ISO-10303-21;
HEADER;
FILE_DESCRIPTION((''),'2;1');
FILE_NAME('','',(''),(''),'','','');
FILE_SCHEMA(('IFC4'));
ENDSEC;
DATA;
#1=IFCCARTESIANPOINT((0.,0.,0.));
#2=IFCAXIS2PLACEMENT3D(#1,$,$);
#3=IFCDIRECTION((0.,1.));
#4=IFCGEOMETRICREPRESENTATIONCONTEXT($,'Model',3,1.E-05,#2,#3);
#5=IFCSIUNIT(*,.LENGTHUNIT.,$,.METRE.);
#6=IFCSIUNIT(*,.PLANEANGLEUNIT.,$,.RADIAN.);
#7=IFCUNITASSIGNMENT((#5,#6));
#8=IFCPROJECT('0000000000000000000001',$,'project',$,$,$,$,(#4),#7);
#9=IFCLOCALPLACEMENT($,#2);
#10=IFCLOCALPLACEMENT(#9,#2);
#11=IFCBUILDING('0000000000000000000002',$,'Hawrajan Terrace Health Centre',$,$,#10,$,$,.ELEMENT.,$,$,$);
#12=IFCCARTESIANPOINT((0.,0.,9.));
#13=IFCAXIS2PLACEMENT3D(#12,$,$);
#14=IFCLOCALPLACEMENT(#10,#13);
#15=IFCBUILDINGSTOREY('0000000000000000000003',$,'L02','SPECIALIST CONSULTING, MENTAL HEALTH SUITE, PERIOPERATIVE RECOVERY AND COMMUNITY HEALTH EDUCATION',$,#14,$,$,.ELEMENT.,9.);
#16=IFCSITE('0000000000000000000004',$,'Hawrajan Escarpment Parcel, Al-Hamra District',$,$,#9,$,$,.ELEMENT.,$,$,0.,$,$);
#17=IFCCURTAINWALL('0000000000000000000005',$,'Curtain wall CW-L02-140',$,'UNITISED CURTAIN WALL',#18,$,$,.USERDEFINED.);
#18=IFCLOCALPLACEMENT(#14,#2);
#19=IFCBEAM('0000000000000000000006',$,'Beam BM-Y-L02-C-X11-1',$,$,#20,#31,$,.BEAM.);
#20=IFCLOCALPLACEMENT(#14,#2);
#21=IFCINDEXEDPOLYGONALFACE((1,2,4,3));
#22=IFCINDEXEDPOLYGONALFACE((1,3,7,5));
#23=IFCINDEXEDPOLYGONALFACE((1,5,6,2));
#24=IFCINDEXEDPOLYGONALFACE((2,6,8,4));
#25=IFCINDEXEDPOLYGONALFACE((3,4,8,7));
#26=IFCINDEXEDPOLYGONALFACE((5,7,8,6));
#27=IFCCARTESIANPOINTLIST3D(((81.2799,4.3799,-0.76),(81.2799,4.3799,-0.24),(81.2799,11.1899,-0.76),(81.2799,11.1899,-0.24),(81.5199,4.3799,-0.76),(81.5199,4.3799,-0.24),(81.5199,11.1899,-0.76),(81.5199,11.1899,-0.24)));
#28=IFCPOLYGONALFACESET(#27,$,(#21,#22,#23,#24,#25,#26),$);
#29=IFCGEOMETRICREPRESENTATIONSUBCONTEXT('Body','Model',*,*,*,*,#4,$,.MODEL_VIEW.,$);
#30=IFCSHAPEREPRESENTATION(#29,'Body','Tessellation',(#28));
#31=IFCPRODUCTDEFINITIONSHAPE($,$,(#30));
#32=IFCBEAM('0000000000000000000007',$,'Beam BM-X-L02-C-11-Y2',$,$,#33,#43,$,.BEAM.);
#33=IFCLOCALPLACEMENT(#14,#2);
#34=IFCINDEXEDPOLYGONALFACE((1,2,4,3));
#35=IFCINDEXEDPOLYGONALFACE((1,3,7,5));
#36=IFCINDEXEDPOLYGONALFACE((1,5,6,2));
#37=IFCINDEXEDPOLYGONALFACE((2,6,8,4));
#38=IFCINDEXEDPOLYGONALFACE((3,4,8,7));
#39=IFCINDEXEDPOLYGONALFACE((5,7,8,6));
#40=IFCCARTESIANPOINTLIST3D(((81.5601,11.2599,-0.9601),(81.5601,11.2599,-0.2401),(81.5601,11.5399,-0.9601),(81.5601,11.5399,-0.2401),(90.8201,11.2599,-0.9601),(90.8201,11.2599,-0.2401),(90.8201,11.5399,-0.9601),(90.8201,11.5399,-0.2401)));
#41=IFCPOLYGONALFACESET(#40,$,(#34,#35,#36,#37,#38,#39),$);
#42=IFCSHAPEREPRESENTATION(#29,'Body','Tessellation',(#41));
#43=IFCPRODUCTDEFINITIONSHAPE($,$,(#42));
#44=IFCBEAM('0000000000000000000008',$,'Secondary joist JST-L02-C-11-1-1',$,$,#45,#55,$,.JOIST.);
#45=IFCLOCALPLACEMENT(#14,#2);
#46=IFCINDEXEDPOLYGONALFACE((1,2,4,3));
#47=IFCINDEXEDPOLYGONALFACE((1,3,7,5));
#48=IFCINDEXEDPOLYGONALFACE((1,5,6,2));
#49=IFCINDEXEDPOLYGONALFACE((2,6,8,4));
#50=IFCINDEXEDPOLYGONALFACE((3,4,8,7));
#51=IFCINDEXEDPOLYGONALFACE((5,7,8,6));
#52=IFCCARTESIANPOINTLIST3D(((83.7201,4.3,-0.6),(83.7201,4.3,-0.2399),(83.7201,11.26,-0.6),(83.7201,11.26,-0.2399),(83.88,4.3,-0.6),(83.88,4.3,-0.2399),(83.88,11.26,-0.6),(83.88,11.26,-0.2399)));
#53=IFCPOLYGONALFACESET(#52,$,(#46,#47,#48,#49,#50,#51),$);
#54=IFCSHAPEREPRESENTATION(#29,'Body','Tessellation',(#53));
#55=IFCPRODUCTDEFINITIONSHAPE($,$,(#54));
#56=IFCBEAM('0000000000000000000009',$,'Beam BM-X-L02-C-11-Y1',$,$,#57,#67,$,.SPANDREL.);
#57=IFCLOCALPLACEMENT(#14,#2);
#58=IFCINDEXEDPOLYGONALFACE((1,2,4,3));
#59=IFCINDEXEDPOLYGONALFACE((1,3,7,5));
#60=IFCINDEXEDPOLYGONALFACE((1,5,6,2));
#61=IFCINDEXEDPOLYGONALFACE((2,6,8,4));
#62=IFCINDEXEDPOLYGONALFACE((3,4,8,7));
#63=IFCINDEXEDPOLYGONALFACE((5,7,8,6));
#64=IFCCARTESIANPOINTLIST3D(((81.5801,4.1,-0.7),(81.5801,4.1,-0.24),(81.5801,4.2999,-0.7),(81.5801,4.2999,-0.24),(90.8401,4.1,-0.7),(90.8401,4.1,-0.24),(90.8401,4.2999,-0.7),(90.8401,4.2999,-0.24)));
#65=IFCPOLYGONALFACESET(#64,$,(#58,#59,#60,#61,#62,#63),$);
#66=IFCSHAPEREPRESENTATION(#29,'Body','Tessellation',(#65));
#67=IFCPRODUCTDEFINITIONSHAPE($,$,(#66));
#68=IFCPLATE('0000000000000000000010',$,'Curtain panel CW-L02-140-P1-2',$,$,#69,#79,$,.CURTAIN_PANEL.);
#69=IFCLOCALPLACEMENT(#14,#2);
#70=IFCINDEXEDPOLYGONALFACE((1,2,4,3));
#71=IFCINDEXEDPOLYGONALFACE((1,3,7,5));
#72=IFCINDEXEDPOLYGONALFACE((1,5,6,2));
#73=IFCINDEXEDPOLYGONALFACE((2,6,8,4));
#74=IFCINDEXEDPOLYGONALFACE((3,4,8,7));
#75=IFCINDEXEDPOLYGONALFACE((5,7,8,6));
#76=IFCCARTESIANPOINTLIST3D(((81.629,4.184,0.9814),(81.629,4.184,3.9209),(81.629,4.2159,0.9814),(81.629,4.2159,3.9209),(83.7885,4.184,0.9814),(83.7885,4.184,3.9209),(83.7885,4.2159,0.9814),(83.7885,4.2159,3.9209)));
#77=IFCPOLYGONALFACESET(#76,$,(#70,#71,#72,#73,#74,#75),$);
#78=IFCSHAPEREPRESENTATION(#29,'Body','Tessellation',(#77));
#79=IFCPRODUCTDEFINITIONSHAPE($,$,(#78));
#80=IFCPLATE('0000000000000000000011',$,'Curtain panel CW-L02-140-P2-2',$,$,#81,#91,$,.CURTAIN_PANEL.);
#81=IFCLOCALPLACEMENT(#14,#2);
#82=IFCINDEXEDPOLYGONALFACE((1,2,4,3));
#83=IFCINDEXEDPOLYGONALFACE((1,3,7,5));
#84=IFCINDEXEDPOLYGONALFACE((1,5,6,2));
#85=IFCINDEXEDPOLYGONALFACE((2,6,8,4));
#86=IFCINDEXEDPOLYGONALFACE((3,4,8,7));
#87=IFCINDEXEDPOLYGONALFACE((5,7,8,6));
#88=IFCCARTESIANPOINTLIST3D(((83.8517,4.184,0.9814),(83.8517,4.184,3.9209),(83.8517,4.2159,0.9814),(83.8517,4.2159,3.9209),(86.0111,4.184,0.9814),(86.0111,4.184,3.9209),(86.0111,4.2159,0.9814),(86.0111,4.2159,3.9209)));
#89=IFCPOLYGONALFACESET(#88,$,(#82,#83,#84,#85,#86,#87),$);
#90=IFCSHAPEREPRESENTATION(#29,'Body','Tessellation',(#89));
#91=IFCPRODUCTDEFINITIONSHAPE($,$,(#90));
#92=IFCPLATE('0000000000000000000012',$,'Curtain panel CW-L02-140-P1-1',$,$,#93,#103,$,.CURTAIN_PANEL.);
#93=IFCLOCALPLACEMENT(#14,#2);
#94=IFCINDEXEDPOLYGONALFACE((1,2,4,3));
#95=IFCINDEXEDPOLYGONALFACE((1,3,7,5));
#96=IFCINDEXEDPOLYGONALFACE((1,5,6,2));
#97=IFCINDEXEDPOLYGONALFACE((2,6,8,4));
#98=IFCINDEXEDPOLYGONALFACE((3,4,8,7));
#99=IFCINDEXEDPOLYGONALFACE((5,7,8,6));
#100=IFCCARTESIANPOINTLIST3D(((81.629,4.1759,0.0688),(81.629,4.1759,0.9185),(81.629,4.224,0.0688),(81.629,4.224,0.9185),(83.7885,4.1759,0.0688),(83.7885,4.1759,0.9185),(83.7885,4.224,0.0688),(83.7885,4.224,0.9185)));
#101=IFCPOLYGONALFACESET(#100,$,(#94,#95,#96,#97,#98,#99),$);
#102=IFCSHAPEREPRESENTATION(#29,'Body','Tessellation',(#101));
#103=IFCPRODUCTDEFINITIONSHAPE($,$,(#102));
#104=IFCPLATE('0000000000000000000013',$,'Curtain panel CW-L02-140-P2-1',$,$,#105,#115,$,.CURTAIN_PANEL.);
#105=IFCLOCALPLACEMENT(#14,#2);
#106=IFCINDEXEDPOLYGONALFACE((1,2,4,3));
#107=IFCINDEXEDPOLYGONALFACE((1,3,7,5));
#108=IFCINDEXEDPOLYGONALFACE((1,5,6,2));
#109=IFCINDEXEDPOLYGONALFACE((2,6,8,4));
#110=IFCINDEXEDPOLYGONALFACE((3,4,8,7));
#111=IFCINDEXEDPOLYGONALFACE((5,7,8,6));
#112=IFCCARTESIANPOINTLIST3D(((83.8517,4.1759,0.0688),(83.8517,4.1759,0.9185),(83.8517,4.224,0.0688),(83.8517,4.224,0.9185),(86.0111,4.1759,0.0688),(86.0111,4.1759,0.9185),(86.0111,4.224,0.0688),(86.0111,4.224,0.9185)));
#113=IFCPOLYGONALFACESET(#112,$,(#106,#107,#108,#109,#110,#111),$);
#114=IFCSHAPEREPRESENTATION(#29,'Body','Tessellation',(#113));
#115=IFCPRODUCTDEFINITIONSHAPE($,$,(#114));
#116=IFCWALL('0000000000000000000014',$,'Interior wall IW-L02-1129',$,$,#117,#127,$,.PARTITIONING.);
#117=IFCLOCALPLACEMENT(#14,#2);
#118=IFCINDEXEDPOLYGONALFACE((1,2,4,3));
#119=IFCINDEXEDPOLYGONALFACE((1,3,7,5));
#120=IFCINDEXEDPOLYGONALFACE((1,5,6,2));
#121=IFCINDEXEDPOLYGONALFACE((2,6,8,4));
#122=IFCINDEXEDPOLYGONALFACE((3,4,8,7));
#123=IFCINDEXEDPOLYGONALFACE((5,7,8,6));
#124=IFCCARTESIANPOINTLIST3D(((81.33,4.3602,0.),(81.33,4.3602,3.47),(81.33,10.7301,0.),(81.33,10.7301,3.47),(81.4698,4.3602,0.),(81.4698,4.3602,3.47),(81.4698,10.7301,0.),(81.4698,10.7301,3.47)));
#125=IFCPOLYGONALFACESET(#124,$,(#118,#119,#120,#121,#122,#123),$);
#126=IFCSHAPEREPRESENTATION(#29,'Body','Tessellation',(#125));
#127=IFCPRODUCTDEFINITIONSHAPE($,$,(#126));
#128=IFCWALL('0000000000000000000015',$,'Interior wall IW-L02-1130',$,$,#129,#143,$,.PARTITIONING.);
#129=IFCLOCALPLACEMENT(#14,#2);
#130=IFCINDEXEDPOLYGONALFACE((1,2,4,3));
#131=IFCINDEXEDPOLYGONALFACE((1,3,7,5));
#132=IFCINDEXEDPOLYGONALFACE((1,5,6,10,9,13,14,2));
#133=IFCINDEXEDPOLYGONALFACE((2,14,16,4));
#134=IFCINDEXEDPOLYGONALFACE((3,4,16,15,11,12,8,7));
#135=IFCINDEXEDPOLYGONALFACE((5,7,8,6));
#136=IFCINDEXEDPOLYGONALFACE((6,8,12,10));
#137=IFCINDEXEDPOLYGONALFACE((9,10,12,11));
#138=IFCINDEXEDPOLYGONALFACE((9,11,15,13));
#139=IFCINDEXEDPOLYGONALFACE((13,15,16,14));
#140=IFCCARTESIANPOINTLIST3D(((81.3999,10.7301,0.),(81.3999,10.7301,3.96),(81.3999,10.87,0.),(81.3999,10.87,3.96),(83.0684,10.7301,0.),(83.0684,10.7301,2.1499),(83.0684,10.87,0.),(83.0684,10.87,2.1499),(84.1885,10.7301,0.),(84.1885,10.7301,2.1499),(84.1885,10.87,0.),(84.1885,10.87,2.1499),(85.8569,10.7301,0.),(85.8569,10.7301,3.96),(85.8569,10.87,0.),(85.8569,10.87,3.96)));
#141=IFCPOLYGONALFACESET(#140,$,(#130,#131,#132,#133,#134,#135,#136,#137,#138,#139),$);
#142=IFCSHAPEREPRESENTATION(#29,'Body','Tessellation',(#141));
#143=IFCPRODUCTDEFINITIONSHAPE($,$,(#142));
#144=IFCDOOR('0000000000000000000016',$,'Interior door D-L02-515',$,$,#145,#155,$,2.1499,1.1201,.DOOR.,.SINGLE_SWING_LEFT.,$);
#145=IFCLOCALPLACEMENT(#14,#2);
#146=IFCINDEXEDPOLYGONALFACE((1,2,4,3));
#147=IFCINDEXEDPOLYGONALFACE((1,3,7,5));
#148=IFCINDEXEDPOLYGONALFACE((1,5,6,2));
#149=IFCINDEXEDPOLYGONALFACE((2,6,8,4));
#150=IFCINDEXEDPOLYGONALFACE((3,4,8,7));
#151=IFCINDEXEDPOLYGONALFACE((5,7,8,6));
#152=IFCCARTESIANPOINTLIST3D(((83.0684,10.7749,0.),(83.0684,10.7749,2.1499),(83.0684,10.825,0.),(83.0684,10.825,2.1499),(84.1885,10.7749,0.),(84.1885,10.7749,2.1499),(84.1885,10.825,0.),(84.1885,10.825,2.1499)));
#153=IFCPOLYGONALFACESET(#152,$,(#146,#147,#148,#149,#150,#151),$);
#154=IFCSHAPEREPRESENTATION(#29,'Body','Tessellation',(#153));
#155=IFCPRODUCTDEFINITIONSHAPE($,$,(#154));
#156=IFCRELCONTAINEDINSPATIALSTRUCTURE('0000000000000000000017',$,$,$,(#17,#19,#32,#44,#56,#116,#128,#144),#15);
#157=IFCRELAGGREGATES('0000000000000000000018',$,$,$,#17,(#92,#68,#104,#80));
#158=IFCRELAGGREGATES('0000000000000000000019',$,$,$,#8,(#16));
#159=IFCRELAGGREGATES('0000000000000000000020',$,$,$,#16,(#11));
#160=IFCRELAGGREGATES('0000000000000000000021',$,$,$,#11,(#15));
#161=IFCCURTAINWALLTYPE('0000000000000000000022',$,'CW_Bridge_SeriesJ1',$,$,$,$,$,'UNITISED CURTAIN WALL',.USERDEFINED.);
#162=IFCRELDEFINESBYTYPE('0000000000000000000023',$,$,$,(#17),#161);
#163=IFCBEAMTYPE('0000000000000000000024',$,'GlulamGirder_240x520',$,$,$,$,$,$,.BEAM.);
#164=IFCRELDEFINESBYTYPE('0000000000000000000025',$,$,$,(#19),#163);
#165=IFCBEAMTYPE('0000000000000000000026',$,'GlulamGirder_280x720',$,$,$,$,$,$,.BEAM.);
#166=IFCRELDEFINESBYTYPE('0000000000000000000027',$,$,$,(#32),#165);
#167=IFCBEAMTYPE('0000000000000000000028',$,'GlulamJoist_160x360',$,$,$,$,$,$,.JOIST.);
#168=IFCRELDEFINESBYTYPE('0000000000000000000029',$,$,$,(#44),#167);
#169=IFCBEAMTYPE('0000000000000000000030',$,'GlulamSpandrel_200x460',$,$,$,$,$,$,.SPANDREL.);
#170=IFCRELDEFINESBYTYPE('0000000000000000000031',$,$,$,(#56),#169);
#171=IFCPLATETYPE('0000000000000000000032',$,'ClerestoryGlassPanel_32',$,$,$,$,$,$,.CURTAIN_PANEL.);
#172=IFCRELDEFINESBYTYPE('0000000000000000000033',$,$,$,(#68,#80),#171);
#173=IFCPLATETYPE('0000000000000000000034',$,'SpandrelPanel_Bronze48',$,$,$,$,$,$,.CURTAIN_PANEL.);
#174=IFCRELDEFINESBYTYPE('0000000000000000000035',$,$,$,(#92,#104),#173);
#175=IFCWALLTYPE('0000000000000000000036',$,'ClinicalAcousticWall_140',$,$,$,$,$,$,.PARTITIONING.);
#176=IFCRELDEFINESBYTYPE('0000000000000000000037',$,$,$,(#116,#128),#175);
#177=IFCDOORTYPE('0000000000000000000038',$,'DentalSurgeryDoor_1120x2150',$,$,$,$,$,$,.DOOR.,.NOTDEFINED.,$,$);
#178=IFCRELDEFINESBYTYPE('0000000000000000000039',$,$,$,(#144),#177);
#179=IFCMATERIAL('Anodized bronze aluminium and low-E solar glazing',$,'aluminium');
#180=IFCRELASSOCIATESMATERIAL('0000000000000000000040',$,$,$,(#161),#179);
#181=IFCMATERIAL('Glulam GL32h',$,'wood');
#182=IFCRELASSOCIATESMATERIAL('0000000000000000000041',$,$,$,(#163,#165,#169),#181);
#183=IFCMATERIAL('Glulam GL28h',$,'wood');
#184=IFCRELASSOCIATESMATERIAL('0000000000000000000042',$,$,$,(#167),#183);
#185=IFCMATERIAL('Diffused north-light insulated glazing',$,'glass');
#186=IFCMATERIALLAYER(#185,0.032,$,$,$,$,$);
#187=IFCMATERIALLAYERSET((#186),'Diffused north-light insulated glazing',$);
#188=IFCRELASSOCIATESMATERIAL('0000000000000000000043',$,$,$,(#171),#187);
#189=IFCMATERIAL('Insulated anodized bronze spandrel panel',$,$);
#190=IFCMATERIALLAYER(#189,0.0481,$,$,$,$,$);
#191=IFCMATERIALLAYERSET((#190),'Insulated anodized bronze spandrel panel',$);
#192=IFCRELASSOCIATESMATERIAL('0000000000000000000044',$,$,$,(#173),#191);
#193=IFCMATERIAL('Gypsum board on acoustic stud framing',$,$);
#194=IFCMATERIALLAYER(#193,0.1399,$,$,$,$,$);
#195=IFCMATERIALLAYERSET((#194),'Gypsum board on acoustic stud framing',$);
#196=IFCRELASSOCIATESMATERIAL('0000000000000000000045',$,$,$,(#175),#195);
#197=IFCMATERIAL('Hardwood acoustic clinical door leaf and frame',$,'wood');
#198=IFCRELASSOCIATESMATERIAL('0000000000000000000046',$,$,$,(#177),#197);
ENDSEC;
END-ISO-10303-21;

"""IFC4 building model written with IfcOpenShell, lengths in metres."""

from ifc_helpers import new_model, si_unit, direction, frame, frame_2d, origin, origin_2d, place, context, subcontext, project, spatial, rectangle, extrude, material, layer, layer_set, material_profile, profile_set, type_object, element, fill, aggregate, save


model = new_model("IFC4")

# Units and contexts
model_context = context("Model", 3, precision=1e-05, world=origin(), true_north=direction((0.0, 1.0)))
body_context = subcontext(model_context, "Body", "Model", "MODEL_VIEW")
ifc_project = project(units=[si_unit("LENGTHUNIT", "METRE"), si_unit("PLANEANGLEUNIT", "RADIAN")], contexts=[model_context])

# Site, building, storey
site_placement = place(None, origin())
site = spatial("IfcSite", under=ifc_project, at=site_placement, Name="Hawrajan Escarpment Parcel, Al-Hamra District", CompositionType="ELEMENT", RefElevation=0.0)
building_placement = place(site_placement, origin())
building = spatial("IfcBuilding", under=site, at=building_placement, Name="Hawrajan Terrace Health Centre", CompositionType="ELEMENT")
storey_placement = place(building_placement, frame((0.0, 0.0, 9.0)))
storey = spatial("IfcBuildingStorey", under=building, at=storey_placement, Name="L02", Description="SPECIALIST CONSULTING, MENTAL HEALTH SUITE, PERIOPERATIVE RECOVERY AND COMMUNITY HEALTH EDUCATION", CompositionType="ELEMENT", Elevation=9.0)

# Shared definitions
ifc_material_1 = material(Name="Glulam GL32h", Category="wood")

# Shared definitions
ifc_material_2 = material(Name="Anodized bronze aluminium and low-E solar glazing", Category="aluminium")

# Curtain wall
curtain_wall_type_1 = type_object("IfcCurtainWallType", Name="CW_Bridge_SeriesJ1", ElementType="UNITISED CURTAIN WALL", PredefinedType="USERDEFINED", material=ifc_material_2)
curtain_wall_1_placement = place(storey_placement, origin())
curtain_wall_1 = element("IfcCurtainWall", 1, at=curtain_wall_1_placement, inside=storey, type_object=curtain_wall_type_1, Name="Curtain wall CW-L02-140", ObjectType="UNITISED CURTAIN WALL", PredefinedType="USERDEFINED")

# Beams
ifc_material_profile_1 = material_profile(ifc_material_1, rectangle(XDim=0.24, YDim=0.52, at=origin_2d()), Name="GL BM 240x520")
ifc_profile_set_1 = profile_set([ifc_material_profile_1], Name="Glulam GL32h")
beam_type_1 = type_object("IfcBeamType", Name="GlulamGirder_240x520", PredefinedType="BEAM", material=ifc_profile_set_1)
beam_1_placement = place(storey_placement, frame((81.3999, 4.3799, -0.5), z_axis=(0.0, 1.0, 0.0), x_axis=(-1.0, 0.0, 0.0)))
element("IfcBeam", 2, at=beam_1_placement, inside=storey, type_object=beam_type_1, Name="Beam BM-Y-L02-C-X11-1", PredefinedType="BEAM", context=body_context, shape_type="SweptSolid", body=[
    extrude(rectangle(XDim=0.24, YDim=0.52, at=origin_2d()), origin(), (0.0, 0.0, 1.0), 6.8101),
])
ifc_material_profile_2 = material_profile(ifc_material_1, rectangle(XDim=0.28, YDim=0.72, at=origin_2d()), Name="GL BM 280x720")
ifc_profile_set_2 = profile_set([ifc_material_profile_2], Name="Glulam GL32h")
beam_type_2 = type_object("IfcBeamType", Name="GlulamGirder_280x720", PredefinedType="BEAM", material=ifc_profile_set_2)
beam_2_placement = place(storey_placement, frame((81.5601, 11.3999, -0.6001), z_axis=(1.0, 0.0, 0.0), x_axis=(0.0, 1.0, 0.0)))
element("IfcBeam", 3, at=beam_2_placement, inside=storey, type_object=beam_type_2, Name="Beam BM-X-L02-C-11-Y2", PredefinedType="BEAM", context=body_context, shape_type="SweptSolid", body=[
    extrude(rectangle(XDim=0.28, YDim=0.72, at=origin_2d()), origin(), (0.0, 0.0, 1.0), 9.26),
])
ifc_material_3 = material(Name="Glulam GL28h", Category="wood")
ifc_material_profile_3 = material_profile(ifc_material_3, rectangle(XDim=0.1599, YDim=0.3601, at=origin_2d()), Name="GL JST 160x360")
ifc_profile_set_3 = profile_set([ifc_material_profile_3], Name="Glulam GL28h")
beam_type_3 = type_object("IfcBeamType", Name="GlulamJoist_160x360", PredefinedType="JOIST", material=ifc_profile_set_3)
beam_3_placement = place(storey_placement, frame((83.8, 4.3, -0.4199), z_axis=(0.0, 1.0, 0.0), x_axis=(-1.0, 0.0, 0.0)))
element("IfcBeam", 4, at=beam_3_placement, inside=storey, type_object=beam_type_3, Name="Secondary joist JST-L02-C-11-1-1", PredefinedType="JOIST", context=body_context, shape_type="SweptSolid", body=[
    extrude(rectangle(XDim=0.1599, YDim=0.3601, at=origin_2d()), origin(), (0.0, 0.0, 1.0), 6.96),
])
ifc_material_profile_4 = material_profile(ifc_material_1, rectangle(XDim=0.2, YDim=0.46, at=origin_2d()), Name="GL SP 200x460")
ifc_profile_set_4 = profile_set([ifc_material_profile_4], Name="Glulam GL32h")
beam_type_4 = type_object("IfcBeamType", Name="GlulamSpandrel_200x460", PredefinedType="SPANDREL", material=ifc_profile_set_4)
beam_4_placement = place(storey_placement, frame((81.5801, 4.2, -0.47), z_axis=(1.0, 0.0, 0.0), x_axis=(0.0, 1.0, 0.0)))
element("IfcBeam", 5, at=beam_4_placement, inside=storey, type_object=beam_type_4, Name="Beam BM-X-L02-C-11-Y1", PredefinedType="SPANDREL", context=body_context, shape_type="SweptSolid", body=[
    extrude(rectangle(XDim=0.2, YDim=0.46, at=origin_2d()), origin(), (0.0, 0.0, 1.0), 9.26),
])

# Plates
ifc_material_4 = material(Name="Diffused north-light insulated glazing", Category="glass")
ifc_layer_1 = layer(ifc_material_4, 0.032)
ifc_layer_set_1 = layer_set([ifc_layer_1], Name="Diffused north-light insulated glazing")
plate_type_1 = type_object("IfcPlateType", Name="ClerestoryGlassPanel_32", PredefinedType="CURTAIN_PANEL", material=ifc_layer_set_1)
plate_1_placement = place(storey_placement, frame((82.7087, 4.2, 0.9814), z_axis=(0.0, 0.0, 1.0), x_axis=(1.0, 0.0, 0.0)))
plate_1 = element("IfcPlate", 6, at=plate_1_placement, type_object=plate_type_1, Name="Curtain panel CW-L02-140-P1-2", PredefinedType="CURTAIN_PANEL", context=body_context, shape_type="SweptSolid", body=[
    extrude(rectangle(XDim=2.1594, YDim=0.032, at=origin_2d()), origin(), (0.0, 0.0, 1.0), 2.9395),
])
plate_2_placement = place(storey_placement, frame((84.9314, 4.2, 0.9814), z_axis=(0.0, 0.0, 1.0), x_axis=(1.0, 0.0, 0.0)))
plate_2 = element("IfcPlate", 7, at=plate_2_placement, type_object=plate_type_1, Name="Curtain panel CW-L02-140-P2-2", PredefinedType="CURTAIN_PANEL", context=body_context, shape_type="SweptSolid", body=[
    extrude(rectangle(XDim=2.1594, YDim=0.032, at=origin_2d()), origin(), (0.0, 0.0, 1.0), 2.9395),
])
ifc_material_5 = material(Name="Insulated anodized bronze spandrel panel")
ifc_layer_2 = layer(ifc_material_5, 0.0481)
ifc_layer_set_2 = layer_set([ifc_layer_2], Name="Insulated anodized bronze spandrel panel")
plate_type_2 = type_object("IfcPlateType", Name="SpandrelPanel_Bronze48", PredefinedType="CURTAIN_PANEL", material=ifc_layer_set_2)
plate_3_placement = place(storey_placement, frame((82.7087, 4.2, 0.0688), z_axis=(0.0, 0.0, 1.0), x_axis=(1.0, 0.0, 0.0)))
plate_3 = element("IfcPlate", 8, at=plate_3_placement, type_object=plate_type_2, Name="Curtain panel CW-L02-140-P1-1", PredefinedType="CURTAIN_PANEL", context=body_context, shape_type="SweptSolid", body=[
    extrude(rectangle(XDim=2.1594, YDim=0.0481, at=origin_2d()), origin(), (0.0, 0.0, 1.0), 0.8496),
])
plate_4_placement = place(storey_placement, frame((84.9314, 4.2, 0.0688), z_axis=(0.0, 0.0, 1.0), x_axis=(1.0, 0.0, 0.0)))
plate_4 = element("IfcPlate", 9, at=plate_4_placement, type_object=plate_type_2, Name="Curtain panel CW-L02-140-P2-1", PredefinedType="CURTAIN_PANEL", context=body_context, shape_type="SweptSolid", body=[
    extrude(rectangle(XDim=2.1594, YDim=0.0481, at=origin_2d()), origin(), (0.0, 0.0, 1.0), 0.8496),
])
aggregate(curtain_wall_1, [plate_3, plate_1, plate_4, plate_2])

# Wall
ifc_material_6 = material(Name="Gypsum board on acoustic stud framing")
ifc_layer_3 = layer(ifc_material_6, 0.1399)
ifc_layer_set_3 = layer_set([ifc_layer_3], Name="Gypsum board on acoustic stud framing")
wall_type = type_object("IfcWallType", Name="ClinicalAcousticWall_140", PredefinedType="PARTITIONING", material=ifc_layer_set_3)
wall_1_placement = place(storey_placement, frame((81.3999, 4.3601, 0.0), z_axis=(0.0, 0.0, 1.0), x_axis=(0.0, 1.0, 0.0)))
element("IfcWall", 10, at=wall_1_placement, inside=storey, type_object=wall_type, Name="Interior wall IW-L02-1129", PredefinedType="PARTITIONING", context=body_context, shape_type="SweptSolid", body=[
    extrude(rectangle(XDim=6.3699, YDim=0.1399, at=frame_2d((3.1851, 0.0))), origin(), (0.0, 0.0, 1.0), 3.47),
])

# Wall, opening, door
wall_2_placement = place(storey_placement, frame((81.3999, 10.8, 0.0), z_axis=(0.0, 0.0, 1.0), x_axis=(1.0, 0.0, 0.0)))
wall_2 = element("IfcWall", 11, at=wall_2_placement, inside=storey, type_object=wall_type, Name="Interior wall IW-L02-1130", PredefinedType="PARTITIONING", context=body_context, shape_type="SweptSolid", body=[
    extrude(rectangle(XDim=4.457, YDim=0.1399, at=frame_2d((2.2285, 0.0))), origin(), (0.0, 0.0, 1.0), 3.96),
])
opening_placement = place(wall_2_placement, frame((1.6685, 0.0, 0.0)))
opening = element("IfcOpeningElement", 12, at=opening_placement, cuts=wall_2, PredefinedType="OPENING", context=body_context, shape_type="SweptSolid", body=[
    extrude(rectangle(XDim=1.1201, YDim=2.1499, at=frame_2d((0.5601, 1.075))), frame((0.0, 0.0798, 0.0), z_axis=(0.0, -1.0, 0.0), x_axis=(1.0, 0.0, 0.0)), (0.0, 0.0, 1.0), 0.1599),
])
ifc_material_7 = material(Name="Hardwood acoustic clinical door leaf and frame", Category="wood")
door_type = type_object("IfcDoorType", Name="DentalSurgeryDoor_1120x2150", OperationType="NOTDEFINED", PredefinedType="DOOR", material=ifc_material_7)
door_placement = place(opening_placement, origin())
door = element("IfcDoor", 13, at=door_placement, inside=storey, type_object=door_type, Name="Interior door D-L02-515", OperationType="SINGLE_SWING_LEFT", OverallHeight=2.1499, OverallWidth=1.1201, PredefinedType="DOOR", context=body_context, shape_type="SweptSolid", body=[
    extrude(rectangle(XDim=1.1201, YDim=2.1499, at=frame_2d((0.5601, 1.075))), frame((0.0, 0.0249, 0.0), z_axis=(0.0, -1.0, 0.0), x_axis=(1.0, 0.0, 0.0)), (0.0, 0.0, 1.0), 0.05),
])
fill(opening, door)

save(model, "model.ifc")
